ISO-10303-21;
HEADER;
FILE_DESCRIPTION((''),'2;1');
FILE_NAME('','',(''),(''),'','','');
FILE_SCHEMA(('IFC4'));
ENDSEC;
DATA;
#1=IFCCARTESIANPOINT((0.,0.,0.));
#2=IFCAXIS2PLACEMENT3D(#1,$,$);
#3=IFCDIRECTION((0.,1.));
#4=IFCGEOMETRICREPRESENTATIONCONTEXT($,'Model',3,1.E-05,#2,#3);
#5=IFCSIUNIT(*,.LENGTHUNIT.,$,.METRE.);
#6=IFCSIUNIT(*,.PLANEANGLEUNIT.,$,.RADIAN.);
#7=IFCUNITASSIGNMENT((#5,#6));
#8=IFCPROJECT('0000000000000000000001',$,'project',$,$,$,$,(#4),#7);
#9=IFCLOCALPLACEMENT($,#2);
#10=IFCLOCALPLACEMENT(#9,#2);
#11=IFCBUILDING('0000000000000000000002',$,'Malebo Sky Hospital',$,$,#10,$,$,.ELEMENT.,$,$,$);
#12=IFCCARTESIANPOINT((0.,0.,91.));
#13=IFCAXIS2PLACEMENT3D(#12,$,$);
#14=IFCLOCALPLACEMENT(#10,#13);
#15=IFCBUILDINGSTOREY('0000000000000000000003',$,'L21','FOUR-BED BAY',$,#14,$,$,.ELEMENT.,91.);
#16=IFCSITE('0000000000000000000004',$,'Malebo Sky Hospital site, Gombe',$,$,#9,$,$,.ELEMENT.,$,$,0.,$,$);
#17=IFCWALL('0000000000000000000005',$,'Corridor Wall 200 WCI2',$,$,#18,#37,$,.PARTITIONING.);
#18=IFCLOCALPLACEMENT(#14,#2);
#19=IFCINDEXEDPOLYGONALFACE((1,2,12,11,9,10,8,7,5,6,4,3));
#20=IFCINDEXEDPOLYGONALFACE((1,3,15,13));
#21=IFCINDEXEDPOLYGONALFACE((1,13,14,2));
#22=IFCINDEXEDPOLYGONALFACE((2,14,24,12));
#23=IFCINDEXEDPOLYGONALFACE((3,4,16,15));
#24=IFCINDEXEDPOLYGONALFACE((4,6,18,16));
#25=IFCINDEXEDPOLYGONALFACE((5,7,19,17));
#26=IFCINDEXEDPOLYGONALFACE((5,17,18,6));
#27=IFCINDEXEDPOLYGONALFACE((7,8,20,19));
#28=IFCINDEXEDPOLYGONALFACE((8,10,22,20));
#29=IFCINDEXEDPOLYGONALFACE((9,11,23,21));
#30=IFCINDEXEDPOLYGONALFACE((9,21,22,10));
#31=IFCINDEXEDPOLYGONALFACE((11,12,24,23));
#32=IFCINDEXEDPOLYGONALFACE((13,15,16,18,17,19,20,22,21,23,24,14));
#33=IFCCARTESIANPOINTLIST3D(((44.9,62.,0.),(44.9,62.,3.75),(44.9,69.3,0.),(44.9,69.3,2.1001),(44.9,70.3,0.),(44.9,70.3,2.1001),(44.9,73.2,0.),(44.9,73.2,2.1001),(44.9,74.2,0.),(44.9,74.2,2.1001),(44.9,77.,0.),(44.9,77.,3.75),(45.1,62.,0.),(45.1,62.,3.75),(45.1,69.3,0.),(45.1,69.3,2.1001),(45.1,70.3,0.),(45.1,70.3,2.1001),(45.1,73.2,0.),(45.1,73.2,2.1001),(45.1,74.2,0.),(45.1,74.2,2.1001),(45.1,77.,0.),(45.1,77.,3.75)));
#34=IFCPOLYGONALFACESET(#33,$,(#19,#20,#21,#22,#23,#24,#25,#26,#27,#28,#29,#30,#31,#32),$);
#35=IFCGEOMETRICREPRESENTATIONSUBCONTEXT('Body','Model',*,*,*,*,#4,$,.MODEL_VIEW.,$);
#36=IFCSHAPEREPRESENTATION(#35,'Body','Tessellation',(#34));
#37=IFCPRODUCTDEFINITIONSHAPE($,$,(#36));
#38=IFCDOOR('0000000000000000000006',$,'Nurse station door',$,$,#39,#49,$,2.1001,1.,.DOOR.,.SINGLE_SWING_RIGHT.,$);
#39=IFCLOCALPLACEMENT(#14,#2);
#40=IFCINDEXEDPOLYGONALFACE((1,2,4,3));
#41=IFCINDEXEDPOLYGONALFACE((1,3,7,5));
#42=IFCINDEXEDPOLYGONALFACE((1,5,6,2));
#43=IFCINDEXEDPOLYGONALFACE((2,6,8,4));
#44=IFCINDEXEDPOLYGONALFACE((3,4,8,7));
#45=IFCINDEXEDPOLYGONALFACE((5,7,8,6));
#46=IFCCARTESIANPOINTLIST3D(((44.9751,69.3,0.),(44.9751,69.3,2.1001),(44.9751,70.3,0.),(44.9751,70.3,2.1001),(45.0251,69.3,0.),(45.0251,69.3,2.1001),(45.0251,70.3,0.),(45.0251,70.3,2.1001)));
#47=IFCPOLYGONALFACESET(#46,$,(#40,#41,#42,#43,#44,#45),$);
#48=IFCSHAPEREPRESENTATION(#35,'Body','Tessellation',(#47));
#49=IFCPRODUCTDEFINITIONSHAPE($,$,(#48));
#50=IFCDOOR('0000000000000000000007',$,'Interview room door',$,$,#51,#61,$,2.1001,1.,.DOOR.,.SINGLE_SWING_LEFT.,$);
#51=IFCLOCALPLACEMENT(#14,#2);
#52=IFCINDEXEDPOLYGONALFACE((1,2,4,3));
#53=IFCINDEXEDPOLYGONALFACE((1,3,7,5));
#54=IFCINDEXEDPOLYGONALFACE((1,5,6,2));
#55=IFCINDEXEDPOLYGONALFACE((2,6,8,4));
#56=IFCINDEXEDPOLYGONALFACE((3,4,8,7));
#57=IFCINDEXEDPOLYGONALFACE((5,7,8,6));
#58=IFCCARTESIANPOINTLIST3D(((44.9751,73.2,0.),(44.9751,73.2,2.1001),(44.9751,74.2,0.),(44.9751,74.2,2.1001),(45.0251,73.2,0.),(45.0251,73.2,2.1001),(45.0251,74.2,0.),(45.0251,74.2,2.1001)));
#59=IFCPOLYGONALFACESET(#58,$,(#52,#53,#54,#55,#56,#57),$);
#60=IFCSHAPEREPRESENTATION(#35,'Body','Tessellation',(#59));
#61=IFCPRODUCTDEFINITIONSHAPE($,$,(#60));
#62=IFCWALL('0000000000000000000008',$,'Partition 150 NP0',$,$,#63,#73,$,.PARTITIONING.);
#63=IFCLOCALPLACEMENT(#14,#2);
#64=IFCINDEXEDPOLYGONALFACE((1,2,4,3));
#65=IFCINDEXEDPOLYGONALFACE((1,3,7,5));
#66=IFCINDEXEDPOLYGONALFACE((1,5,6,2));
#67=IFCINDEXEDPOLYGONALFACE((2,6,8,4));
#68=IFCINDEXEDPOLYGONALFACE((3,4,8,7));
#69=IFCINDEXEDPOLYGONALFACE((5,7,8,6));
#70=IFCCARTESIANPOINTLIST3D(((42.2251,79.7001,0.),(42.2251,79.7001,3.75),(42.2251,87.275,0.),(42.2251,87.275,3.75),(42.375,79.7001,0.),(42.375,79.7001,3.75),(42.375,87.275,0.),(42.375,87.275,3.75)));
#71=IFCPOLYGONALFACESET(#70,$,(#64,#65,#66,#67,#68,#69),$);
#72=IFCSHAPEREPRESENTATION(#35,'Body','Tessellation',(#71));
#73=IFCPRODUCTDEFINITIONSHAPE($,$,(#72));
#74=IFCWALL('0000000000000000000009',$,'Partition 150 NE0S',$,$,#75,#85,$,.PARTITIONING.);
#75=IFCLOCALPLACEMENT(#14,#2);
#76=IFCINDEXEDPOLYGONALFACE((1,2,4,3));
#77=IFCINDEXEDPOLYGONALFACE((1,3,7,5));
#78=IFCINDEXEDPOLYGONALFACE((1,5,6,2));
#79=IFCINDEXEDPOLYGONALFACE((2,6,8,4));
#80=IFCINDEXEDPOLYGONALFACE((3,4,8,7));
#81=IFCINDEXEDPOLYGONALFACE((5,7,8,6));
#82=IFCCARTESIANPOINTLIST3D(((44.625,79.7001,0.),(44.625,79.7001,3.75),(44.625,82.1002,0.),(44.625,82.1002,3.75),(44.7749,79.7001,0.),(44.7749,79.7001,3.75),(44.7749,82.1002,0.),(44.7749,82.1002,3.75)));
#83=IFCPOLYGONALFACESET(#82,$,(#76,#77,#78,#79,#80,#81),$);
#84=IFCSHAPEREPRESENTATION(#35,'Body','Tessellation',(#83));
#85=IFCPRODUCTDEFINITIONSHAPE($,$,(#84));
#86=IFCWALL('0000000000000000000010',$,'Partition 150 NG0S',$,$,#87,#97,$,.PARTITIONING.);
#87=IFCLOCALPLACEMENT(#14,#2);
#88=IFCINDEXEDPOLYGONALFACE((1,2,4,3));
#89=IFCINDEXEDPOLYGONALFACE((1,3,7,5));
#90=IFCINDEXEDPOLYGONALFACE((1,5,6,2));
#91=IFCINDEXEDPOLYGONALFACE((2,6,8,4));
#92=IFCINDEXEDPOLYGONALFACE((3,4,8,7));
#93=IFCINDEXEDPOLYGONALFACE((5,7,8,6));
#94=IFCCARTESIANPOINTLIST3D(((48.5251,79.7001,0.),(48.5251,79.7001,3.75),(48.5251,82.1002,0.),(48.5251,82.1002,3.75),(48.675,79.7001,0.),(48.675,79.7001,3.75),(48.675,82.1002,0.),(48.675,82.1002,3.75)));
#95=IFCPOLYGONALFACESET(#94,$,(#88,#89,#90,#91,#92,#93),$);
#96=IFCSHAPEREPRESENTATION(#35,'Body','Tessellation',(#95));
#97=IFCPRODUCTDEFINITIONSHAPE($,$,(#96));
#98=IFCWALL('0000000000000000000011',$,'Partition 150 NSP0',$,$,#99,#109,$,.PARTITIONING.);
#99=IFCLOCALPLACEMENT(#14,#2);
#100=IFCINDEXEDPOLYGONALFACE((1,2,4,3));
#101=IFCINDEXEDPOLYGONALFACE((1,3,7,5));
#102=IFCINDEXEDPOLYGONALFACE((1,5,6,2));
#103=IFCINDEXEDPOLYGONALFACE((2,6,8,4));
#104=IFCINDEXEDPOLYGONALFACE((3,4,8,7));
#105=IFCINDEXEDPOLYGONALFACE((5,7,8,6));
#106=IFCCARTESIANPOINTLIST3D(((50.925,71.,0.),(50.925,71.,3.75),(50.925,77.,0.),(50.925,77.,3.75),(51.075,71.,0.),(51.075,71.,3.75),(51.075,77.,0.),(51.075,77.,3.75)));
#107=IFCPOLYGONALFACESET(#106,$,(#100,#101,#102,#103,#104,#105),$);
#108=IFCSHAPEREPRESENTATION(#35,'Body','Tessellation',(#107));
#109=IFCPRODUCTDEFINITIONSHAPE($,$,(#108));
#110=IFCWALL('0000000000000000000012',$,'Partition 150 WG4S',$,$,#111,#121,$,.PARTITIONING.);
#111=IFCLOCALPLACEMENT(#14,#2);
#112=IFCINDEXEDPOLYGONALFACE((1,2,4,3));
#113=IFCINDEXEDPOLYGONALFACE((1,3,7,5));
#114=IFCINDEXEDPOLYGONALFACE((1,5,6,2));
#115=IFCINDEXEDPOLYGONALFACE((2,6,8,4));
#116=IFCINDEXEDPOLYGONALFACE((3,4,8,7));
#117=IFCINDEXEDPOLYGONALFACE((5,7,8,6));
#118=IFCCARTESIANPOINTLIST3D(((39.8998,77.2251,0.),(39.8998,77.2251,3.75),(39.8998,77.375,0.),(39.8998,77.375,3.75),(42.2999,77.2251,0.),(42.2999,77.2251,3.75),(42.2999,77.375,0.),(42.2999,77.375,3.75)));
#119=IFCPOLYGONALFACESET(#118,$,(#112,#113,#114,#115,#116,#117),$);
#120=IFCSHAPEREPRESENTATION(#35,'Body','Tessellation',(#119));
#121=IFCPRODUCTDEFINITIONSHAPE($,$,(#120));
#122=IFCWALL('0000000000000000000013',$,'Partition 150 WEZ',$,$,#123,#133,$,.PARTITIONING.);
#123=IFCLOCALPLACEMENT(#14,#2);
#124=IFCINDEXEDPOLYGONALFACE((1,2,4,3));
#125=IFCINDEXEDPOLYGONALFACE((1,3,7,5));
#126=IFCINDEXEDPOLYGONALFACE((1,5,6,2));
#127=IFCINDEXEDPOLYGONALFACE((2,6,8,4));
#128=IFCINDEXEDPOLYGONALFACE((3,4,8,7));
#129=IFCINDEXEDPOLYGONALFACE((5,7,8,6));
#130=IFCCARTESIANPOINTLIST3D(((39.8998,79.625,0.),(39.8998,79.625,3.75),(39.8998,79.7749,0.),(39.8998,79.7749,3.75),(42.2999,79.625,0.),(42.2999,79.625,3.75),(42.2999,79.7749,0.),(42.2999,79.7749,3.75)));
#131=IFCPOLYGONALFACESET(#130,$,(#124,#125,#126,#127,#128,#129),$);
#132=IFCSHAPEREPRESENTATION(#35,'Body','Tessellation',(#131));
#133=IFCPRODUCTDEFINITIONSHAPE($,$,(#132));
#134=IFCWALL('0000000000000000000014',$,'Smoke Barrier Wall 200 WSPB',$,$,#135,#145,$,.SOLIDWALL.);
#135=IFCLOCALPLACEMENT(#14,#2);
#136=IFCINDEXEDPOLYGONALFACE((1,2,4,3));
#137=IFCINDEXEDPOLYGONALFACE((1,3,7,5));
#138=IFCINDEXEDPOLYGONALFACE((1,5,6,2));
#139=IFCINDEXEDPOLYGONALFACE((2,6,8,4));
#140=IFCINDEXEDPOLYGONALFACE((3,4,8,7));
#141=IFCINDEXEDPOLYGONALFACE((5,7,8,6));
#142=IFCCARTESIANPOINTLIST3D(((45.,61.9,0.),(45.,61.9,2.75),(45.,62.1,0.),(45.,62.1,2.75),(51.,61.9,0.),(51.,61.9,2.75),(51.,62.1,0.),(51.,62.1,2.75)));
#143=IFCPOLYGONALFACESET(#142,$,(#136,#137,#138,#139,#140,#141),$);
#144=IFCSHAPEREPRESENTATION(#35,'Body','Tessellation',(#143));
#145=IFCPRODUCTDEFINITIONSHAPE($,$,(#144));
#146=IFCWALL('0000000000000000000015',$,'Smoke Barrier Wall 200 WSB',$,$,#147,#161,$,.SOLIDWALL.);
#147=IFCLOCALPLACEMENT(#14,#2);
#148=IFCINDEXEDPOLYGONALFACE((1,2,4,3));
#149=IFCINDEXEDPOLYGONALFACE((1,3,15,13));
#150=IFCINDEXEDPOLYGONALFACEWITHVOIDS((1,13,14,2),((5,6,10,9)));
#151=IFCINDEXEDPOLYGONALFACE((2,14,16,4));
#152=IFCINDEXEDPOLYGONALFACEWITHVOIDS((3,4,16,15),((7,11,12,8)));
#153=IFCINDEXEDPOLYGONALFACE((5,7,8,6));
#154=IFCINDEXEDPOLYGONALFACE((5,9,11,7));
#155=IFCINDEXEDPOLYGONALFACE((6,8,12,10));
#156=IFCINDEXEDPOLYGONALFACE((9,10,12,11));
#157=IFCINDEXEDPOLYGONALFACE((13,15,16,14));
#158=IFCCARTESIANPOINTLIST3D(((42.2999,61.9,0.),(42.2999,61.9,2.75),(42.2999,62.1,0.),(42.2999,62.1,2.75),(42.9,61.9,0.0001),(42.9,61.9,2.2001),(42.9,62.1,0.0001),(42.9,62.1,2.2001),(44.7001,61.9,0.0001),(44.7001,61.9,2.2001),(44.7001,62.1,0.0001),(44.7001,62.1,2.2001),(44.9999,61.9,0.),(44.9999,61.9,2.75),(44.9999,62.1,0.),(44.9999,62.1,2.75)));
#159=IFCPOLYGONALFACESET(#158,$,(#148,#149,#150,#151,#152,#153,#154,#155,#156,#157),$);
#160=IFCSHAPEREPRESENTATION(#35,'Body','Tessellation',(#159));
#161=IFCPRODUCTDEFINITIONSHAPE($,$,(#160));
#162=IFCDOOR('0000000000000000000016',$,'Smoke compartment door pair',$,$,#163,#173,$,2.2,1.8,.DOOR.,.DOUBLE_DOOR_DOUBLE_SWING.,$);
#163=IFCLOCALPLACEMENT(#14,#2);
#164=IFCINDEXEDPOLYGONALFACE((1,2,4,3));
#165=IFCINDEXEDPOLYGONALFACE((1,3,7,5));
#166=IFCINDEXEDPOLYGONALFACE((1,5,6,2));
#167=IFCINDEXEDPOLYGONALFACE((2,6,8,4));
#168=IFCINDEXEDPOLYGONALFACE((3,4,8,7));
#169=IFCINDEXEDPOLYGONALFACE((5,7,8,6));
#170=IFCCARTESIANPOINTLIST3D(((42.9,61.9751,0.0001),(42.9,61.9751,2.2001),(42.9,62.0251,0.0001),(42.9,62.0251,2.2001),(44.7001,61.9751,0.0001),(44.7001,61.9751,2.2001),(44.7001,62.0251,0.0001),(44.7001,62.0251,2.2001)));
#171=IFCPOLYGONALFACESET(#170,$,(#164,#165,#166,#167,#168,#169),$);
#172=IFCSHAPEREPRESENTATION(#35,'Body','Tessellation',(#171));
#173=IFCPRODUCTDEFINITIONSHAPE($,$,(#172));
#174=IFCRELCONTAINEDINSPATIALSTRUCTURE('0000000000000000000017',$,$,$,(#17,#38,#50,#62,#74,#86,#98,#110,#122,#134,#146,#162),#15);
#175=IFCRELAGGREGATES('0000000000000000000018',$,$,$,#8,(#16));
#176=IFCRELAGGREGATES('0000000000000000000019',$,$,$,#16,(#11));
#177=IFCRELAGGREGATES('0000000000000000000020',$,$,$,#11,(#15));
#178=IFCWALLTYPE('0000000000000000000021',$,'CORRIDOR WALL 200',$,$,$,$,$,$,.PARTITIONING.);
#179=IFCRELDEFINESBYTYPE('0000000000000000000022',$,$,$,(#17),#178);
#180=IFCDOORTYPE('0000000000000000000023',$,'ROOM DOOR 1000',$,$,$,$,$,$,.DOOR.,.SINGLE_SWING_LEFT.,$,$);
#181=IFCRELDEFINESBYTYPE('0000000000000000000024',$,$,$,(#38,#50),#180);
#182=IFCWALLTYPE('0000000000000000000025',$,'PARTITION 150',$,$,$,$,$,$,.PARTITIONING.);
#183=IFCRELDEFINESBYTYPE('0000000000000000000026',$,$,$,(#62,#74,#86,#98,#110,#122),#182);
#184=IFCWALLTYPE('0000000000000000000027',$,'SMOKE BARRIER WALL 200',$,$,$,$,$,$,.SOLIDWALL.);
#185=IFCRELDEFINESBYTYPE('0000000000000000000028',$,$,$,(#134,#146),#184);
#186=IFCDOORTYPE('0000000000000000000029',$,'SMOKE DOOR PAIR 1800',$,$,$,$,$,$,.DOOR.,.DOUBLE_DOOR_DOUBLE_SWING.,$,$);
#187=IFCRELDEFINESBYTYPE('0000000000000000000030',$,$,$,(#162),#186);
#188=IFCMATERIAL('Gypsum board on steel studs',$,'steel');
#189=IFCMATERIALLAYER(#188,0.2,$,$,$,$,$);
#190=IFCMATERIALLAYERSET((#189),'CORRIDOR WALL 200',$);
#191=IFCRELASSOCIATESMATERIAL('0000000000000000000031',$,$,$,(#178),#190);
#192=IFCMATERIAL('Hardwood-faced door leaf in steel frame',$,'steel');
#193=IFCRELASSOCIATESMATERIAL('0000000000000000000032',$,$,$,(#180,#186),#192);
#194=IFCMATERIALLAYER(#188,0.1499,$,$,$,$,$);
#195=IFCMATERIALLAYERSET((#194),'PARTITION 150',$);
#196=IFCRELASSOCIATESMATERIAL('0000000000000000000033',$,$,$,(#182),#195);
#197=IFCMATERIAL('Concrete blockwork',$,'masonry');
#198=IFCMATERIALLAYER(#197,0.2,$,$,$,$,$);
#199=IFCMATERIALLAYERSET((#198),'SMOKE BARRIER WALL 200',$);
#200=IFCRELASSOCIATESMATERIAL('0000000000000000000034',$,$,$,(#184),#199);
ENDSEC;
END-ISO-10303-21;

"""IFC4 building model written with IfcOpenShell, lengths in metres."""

from ifc_helpers import new_model, si_unit, direction, frame, frame_2d, origin, place, context, subcontext, project, spatial, rectangle, extrude, material, layer, layer_set, type_object, element, fill, save


model = new_model("IFC4")

# Units and contexts
model_context = context("Model", 3, precision=1e-05, world=origin(), true_north=direction((0.0, 1.0)))
body_context = subcontext(model_context, "Body", "Model", "MODEL_VIEW")
ifc_project = project(units=[si_unit("LENGTHUNIT", "METRE"), si_unit("PLANEANGLEUNIT", "RADIAN")], contexts=[model_context])

# Site, building, storey
site_placement = place(None, origin())
site = spatial("IfcSite", under=ifc_project, at=site_placement, Name="Malebo Sky Hospital site, Gombe", CompositionType="ELEMENT", RefElevation=0.0)
building_placement = place(site_placement, origin())
building = spatial("IfcBuilding", under=site, at=building_placement, Name="Malebo Sky Hospital", CompositionType="ELEMENT")
storey_placement = place(building_placement, frame((0.0, 0.0, 91.0)))
storey = spatial("IfcBuildingStorey", under=building, at=storey_placement, Name="L21", Description="FOUR-BED BAY", CompositionType="ELEMENT", Elevation=91.0)

# Shared definitions
ifc_material_1 = material(Name="Hardwood-faced door leaf in steel frame", Category="steel")

# Wall, openings, doors
ifc_material_2 = material(Name="Gypsum board on steel studs", Category="steel")
ifc_layer_1 = layer(ifc_material_2, 0.2)
ifc_layer_set_1 = layer_set([ifc_layer_1], Name="CORRIDOR WALL 200")
wall_type_1 = type_object("IfcWallType", Name="CORRIDOR WALL 200", PredefinedType="PARTITIONING", material=ifc_layer_set_1)
door_type_1 = type_object("IfcDoorType", Name="ROOM DOOR 1000", OperationType="SINGLE_SWING_LEFT", PredefinedType="DOOR", material=ifc_material_1)
wall_1_placement = place(storey_placement, frame((45.0, 62.0, 0.0), z_axis=(0.0, 0.0, 1.0), x_axis=(0.0, 1.0, 0.0)))
wall_1 = element("IfcWall", 1, at=wall_1_placement, inside=storey, type_object=wall_type_1, Name="Corridor Wall 200 WCI2", PredefinedType="PARTITIONING", context=body_context, shape_type="SweptSolid", body=[
    extrude(rectangle(XDim=15.0, YDim=0.2, at=frame_2d((7.5, 0.0))), origin(), (0.0, 0.0, 1.0), 3.75),
])
opening_1_placement = place(wall_1_placement, frame((7.3, 0.0, 0.0)))
opening_1 = element("IfcOpeningElement", 2, at=opening_1_placement, cuts=wall_1, PredefinedType="OPENING", context=body_context, shape_type="SweptSolid", body=[
    extrude(rectangle(XDim=1.0, YDim=2.1001, at=frame_2d((0.5, 1.05))), frame((0.0, 0.1099, 0.0), z_axis=(0.0, -1.0, 0.0), x_axis=(1.0, 0.0, 0.0)), (0.0, 0.0, 1.0), 0.22),
])
opening_2_placement = place(wall_1_placement, frame((11.2, 0.0, 0.0)))
opening_2 = element("IfcOpeningElement", 3, at=opening_2_placement, cuts=wall_1, PredefinedType="OPENING", context=body_context, shape_type="SweptSolid", body=[
    extrude(rectangle(XDim=1.0, YDim=2.1001, at=frame_2d((0.5, 1.05))), frame((0.0, 0.1099, 0.0), z_axis=(0.0, -1.0, 0.0), x_axis=(1.0, 0.0, 0.0)), (0.0, 0.0, 1.0), 0.22),
])
door_1_placement = place(opening_1_placement, origin())
door_1 = element("IfcDoor", 4, at=door_1_placement, inside=storey, type_object=door_type_1, Name="Nurse station door", OperationType="SINGLE_SWING_RIGHT", OverallHeight=2.1001, OverallWidth=1.0, PredefinedType="DOOR", context=body_context, shape_type="SweptSolid", body=[
    extrude(rectangle(XDim=1.0, YDim=2.1001, at=frame_2d((0.5, 1.05))), frame((0.0, 0.0249, 0.0), z_axis=(0.0, -1.0, 0.0), x_axis=(1.0, 0.0, 0.0)), (0.0, 0.0, 1.0), 0.05),
])
fill(opening_1, door_1)
door_2_placement = place(opening_2_placement, origin())
door_2 = element("IfcDoor", 5, at=door_2_placement, inside=storey, type_object=door_type_1, Name="Interview room door", OperationType="SINGLE_SWING_LEFT", OverallHeight=2.1001, OverallWidth=1.0, PredefinedType="DOOR", context=body_context, shape_type="SweptSolid", body=[
    extrude(rectangle(XDim=1.0, YDim=2.1001, at=frame_2d((0.5, 1.05))), frame((0.0, 0.0249, 0.0), z_axis=(0.0, -1.0, 0.0), x_axis=(1.0, 0.0, 0.0)), (0.0, 0.0, 1.0), 0.05),
])
fill(opening_2, door_2)

# Walls
ifc_layer_2 = layer(ifc_material_2, 0.1499)
ifc_layer_set_2 = layer_set([ifc_layer_2], Name="PARTITION 150")
wall_type_2 = type_object("IfcWallType", Name="PARTITION 150", PredefinedType="PARTITIONING", material=ifc_layer_set_2)
wall_2_placement = place(storey_placement, frame((42.3, 79.7, 0.0), z_axis=(0.0, 0.0, 1.0), x_axis=(0.0, 1.0, 0.0)))
element("IfcWall", 6, at=wall_2_placement, inside=storey, type_object=wall_type_2, Name="Partition 150 NP0", PredefinedType="PARTITIONING", context=body_context, shape_type="SweptSolid", body=[
    extrude(rectangle(XDim=7.575, YDim=0.1499, at=frame_2d((3.7876, 0.0))), origin(), (0.0, 0.0, 1.0), 3.75),
])
for number, where, z_axis, x_axis, name in (
    (7, (44.7, 79.7, 0.0), (0.0, 0.0, 1.0), (0.0, 1.0, 0.0), "Partition 150 NE0S"),
    (8, (48.6001, 79.7, 0.0), (0.0, 0.0, 1.0), (0.0, 1.0, 0.0), "Partition 150 NG0S"),
):
    element("IfcWall", number, at=place(storey_placement, frame(where, z_axis=z_axis, x_axis=x_axis)), inside=storey, type_object=wall_type_2, Name=name, PredefinedType="PARTITIONING", context=body_context, shape_type="SweptSolid", body=[
        extrude(rectangle(XDim=2.4001, YDim=0.1499, at=frame_2d((1.2002, 0.0))), origin(), (0.0, 0.0, 1.0), 3.75),
    ])
wall_3_placement = place(storey_placement, frame((51.0, 71.0, 0.0), z_axis=(0.0, 0.0, 1.0), x_axis=(0.0, 1.0, 0.0)))
element("IfcWall", 9, at=wall_3_placement, inside=storey, type_object=wall_type_2, Name="Partition 150 NSP0", PredefinedType="PARTITIONING", context=body_context, shape_type="SweptSolid", body=[
    extrude(rectangle(XDim=6.0, YDim=0.1499, at=frame_2d((3.0, 0.0))), origin(), (0.0, 0.0, 1.0), 3.75),
])
for number, where, z_axis, x_axis, name in (
    (10, (42.3, 77.3, 0.0), (0.0, 0.0, 1.0), (-1.0, 0.0, 0.0), "Partition 150 WG4S"),
    (11, (42.3, 79.7, 0.0), (0.0, 0.0, 1.0), (-1.0, 0.0, 0.0), "Partition 150 WEZ"),
):
    element("IfcWall", number, at=place(storey_placement, frame(where, z_axis=z_axis, x_axis=x_axis)), inside=storey, type_object=wall_type_2, Name=name, PredefinedType="PARTITIONING", context=body_context, shape_type="SweptSolid", body=[
        extrude(rectangle(XDim=2.4001, YDim=0.1499, at=frame_2d((1.2002, 0.0))), origin(), (0.0, 0.0, 1.0), 3.75),
    ])
ifc_material_3 = material(Name="Concrete blockwork", Category="masonry")
ifc_layer_3 = layer(ifc_material_3, 0.2)
ifc_layer_set_3 = layer_set([ifc_layer_3], Name="SMOKE BARRIER WALL 200")
wall_type_3 = type_object("IfcWallType", Name="SMOKE BARRIER WALL 200", PredefinedType="SOLIDWALL", material=ifc_layer_set_3)
wall_4_placement = place(storey_placement, frame((51.0, 62.0, 0.0), z_axis=(0.0, 0.0, 1.0), x_axis=(-1.0, 0.0, 0.0)))
element("IfcWall", 12, at=wall_4_placement, inside=storey, type_object=wall_type_3, Name="Smoke Barrier Wall 200 WSPB", PredefinedType="SOLIDWALL", context=body_context, shape_type="SweptSolid", body=[
    extrude(rectangle(XDim=6.0, YDim=0.2, at=frame_2d((3.0, 0.0))), origin(), (0.0, 0.0, 1.0), 2.75),
])

# Wall, opening, door
wall_5_placement = place(storey_placement, frame((45.0, 62.0, 0.0), z_axis=(0.0, 0.0, 1.0), x_axis=(-1.0, 0.0, 0.0)))
wall_5 = element("IfcWall", 13, at=wall_5_placement, inside=storey, type_object=wall_type_3, Name="Smoke Barrier Wall 200 WSB", PredefinedType="SOLIDWALL", context=body_context, shape_type="SweptSolid", body=[
    extrude(rectangle(XDim=2.7, YDim=0.2, at=frame_2d((1.3501, 0.0))), origin(), (0.0, 0.0, 1.0), 2.75),
])
opening_3_placement = place(wall_5_placement, frame((0.3, 0.0, 0.0)))
opening_3 = element("IfcOpeningElement", 14, at=opening_3_placement, cuts=wall_5, PredefinedType="OPENING", context=body_context, shape_type="SweptSolid", body=[
    extrude(rectangle(XDim=1.8, YDim=2.2, at=frame_2d((0.8999, 1.1001))), frame((0.0, 0.1099, 0.0), z_axis=(0.0, -1.0, 0.0), x_axis=(1.0, 0.0, 0.0)), (0.0, 0.0, 1.0), 0.22),
])
door_type_2 = type_object("IfcDoorType", Name="SMOKE DOOR PAIR 1800", OperationType="DOUBLE_DOOR_DOUBLE_SWING", PredefinedType="DOOR", material=ifc_material_1)
door_3_placement = place(opening_3_placement, origin())
door_3 = element("IfcDoor", 15, at=door_3_placement, inside=storey, type_object=door_type_2, Name="Smoke compartment door pair", OperationType="DOUBLE_DOOR_DOUBLE_SWING", OverallHeight=2.2, OverallWidth=1.8, PredefinedType="DOOR", context=body_context, shape_type="SweptSolid", body=[
    extrude(rectangle(XDim=1.8, YDim=2.2, at=frame_2d((0.8999, 1.1001))), frame((0.0, 0.0249, 0.0), z_axis=(0.0, -1.0, 0.0), x_axis=(1.0, 0.0, 0.0)), (0.0, 0.0, 1.0), 0.05),
])
fill(opening_3, door_3)

save(model, "model.ifc")
